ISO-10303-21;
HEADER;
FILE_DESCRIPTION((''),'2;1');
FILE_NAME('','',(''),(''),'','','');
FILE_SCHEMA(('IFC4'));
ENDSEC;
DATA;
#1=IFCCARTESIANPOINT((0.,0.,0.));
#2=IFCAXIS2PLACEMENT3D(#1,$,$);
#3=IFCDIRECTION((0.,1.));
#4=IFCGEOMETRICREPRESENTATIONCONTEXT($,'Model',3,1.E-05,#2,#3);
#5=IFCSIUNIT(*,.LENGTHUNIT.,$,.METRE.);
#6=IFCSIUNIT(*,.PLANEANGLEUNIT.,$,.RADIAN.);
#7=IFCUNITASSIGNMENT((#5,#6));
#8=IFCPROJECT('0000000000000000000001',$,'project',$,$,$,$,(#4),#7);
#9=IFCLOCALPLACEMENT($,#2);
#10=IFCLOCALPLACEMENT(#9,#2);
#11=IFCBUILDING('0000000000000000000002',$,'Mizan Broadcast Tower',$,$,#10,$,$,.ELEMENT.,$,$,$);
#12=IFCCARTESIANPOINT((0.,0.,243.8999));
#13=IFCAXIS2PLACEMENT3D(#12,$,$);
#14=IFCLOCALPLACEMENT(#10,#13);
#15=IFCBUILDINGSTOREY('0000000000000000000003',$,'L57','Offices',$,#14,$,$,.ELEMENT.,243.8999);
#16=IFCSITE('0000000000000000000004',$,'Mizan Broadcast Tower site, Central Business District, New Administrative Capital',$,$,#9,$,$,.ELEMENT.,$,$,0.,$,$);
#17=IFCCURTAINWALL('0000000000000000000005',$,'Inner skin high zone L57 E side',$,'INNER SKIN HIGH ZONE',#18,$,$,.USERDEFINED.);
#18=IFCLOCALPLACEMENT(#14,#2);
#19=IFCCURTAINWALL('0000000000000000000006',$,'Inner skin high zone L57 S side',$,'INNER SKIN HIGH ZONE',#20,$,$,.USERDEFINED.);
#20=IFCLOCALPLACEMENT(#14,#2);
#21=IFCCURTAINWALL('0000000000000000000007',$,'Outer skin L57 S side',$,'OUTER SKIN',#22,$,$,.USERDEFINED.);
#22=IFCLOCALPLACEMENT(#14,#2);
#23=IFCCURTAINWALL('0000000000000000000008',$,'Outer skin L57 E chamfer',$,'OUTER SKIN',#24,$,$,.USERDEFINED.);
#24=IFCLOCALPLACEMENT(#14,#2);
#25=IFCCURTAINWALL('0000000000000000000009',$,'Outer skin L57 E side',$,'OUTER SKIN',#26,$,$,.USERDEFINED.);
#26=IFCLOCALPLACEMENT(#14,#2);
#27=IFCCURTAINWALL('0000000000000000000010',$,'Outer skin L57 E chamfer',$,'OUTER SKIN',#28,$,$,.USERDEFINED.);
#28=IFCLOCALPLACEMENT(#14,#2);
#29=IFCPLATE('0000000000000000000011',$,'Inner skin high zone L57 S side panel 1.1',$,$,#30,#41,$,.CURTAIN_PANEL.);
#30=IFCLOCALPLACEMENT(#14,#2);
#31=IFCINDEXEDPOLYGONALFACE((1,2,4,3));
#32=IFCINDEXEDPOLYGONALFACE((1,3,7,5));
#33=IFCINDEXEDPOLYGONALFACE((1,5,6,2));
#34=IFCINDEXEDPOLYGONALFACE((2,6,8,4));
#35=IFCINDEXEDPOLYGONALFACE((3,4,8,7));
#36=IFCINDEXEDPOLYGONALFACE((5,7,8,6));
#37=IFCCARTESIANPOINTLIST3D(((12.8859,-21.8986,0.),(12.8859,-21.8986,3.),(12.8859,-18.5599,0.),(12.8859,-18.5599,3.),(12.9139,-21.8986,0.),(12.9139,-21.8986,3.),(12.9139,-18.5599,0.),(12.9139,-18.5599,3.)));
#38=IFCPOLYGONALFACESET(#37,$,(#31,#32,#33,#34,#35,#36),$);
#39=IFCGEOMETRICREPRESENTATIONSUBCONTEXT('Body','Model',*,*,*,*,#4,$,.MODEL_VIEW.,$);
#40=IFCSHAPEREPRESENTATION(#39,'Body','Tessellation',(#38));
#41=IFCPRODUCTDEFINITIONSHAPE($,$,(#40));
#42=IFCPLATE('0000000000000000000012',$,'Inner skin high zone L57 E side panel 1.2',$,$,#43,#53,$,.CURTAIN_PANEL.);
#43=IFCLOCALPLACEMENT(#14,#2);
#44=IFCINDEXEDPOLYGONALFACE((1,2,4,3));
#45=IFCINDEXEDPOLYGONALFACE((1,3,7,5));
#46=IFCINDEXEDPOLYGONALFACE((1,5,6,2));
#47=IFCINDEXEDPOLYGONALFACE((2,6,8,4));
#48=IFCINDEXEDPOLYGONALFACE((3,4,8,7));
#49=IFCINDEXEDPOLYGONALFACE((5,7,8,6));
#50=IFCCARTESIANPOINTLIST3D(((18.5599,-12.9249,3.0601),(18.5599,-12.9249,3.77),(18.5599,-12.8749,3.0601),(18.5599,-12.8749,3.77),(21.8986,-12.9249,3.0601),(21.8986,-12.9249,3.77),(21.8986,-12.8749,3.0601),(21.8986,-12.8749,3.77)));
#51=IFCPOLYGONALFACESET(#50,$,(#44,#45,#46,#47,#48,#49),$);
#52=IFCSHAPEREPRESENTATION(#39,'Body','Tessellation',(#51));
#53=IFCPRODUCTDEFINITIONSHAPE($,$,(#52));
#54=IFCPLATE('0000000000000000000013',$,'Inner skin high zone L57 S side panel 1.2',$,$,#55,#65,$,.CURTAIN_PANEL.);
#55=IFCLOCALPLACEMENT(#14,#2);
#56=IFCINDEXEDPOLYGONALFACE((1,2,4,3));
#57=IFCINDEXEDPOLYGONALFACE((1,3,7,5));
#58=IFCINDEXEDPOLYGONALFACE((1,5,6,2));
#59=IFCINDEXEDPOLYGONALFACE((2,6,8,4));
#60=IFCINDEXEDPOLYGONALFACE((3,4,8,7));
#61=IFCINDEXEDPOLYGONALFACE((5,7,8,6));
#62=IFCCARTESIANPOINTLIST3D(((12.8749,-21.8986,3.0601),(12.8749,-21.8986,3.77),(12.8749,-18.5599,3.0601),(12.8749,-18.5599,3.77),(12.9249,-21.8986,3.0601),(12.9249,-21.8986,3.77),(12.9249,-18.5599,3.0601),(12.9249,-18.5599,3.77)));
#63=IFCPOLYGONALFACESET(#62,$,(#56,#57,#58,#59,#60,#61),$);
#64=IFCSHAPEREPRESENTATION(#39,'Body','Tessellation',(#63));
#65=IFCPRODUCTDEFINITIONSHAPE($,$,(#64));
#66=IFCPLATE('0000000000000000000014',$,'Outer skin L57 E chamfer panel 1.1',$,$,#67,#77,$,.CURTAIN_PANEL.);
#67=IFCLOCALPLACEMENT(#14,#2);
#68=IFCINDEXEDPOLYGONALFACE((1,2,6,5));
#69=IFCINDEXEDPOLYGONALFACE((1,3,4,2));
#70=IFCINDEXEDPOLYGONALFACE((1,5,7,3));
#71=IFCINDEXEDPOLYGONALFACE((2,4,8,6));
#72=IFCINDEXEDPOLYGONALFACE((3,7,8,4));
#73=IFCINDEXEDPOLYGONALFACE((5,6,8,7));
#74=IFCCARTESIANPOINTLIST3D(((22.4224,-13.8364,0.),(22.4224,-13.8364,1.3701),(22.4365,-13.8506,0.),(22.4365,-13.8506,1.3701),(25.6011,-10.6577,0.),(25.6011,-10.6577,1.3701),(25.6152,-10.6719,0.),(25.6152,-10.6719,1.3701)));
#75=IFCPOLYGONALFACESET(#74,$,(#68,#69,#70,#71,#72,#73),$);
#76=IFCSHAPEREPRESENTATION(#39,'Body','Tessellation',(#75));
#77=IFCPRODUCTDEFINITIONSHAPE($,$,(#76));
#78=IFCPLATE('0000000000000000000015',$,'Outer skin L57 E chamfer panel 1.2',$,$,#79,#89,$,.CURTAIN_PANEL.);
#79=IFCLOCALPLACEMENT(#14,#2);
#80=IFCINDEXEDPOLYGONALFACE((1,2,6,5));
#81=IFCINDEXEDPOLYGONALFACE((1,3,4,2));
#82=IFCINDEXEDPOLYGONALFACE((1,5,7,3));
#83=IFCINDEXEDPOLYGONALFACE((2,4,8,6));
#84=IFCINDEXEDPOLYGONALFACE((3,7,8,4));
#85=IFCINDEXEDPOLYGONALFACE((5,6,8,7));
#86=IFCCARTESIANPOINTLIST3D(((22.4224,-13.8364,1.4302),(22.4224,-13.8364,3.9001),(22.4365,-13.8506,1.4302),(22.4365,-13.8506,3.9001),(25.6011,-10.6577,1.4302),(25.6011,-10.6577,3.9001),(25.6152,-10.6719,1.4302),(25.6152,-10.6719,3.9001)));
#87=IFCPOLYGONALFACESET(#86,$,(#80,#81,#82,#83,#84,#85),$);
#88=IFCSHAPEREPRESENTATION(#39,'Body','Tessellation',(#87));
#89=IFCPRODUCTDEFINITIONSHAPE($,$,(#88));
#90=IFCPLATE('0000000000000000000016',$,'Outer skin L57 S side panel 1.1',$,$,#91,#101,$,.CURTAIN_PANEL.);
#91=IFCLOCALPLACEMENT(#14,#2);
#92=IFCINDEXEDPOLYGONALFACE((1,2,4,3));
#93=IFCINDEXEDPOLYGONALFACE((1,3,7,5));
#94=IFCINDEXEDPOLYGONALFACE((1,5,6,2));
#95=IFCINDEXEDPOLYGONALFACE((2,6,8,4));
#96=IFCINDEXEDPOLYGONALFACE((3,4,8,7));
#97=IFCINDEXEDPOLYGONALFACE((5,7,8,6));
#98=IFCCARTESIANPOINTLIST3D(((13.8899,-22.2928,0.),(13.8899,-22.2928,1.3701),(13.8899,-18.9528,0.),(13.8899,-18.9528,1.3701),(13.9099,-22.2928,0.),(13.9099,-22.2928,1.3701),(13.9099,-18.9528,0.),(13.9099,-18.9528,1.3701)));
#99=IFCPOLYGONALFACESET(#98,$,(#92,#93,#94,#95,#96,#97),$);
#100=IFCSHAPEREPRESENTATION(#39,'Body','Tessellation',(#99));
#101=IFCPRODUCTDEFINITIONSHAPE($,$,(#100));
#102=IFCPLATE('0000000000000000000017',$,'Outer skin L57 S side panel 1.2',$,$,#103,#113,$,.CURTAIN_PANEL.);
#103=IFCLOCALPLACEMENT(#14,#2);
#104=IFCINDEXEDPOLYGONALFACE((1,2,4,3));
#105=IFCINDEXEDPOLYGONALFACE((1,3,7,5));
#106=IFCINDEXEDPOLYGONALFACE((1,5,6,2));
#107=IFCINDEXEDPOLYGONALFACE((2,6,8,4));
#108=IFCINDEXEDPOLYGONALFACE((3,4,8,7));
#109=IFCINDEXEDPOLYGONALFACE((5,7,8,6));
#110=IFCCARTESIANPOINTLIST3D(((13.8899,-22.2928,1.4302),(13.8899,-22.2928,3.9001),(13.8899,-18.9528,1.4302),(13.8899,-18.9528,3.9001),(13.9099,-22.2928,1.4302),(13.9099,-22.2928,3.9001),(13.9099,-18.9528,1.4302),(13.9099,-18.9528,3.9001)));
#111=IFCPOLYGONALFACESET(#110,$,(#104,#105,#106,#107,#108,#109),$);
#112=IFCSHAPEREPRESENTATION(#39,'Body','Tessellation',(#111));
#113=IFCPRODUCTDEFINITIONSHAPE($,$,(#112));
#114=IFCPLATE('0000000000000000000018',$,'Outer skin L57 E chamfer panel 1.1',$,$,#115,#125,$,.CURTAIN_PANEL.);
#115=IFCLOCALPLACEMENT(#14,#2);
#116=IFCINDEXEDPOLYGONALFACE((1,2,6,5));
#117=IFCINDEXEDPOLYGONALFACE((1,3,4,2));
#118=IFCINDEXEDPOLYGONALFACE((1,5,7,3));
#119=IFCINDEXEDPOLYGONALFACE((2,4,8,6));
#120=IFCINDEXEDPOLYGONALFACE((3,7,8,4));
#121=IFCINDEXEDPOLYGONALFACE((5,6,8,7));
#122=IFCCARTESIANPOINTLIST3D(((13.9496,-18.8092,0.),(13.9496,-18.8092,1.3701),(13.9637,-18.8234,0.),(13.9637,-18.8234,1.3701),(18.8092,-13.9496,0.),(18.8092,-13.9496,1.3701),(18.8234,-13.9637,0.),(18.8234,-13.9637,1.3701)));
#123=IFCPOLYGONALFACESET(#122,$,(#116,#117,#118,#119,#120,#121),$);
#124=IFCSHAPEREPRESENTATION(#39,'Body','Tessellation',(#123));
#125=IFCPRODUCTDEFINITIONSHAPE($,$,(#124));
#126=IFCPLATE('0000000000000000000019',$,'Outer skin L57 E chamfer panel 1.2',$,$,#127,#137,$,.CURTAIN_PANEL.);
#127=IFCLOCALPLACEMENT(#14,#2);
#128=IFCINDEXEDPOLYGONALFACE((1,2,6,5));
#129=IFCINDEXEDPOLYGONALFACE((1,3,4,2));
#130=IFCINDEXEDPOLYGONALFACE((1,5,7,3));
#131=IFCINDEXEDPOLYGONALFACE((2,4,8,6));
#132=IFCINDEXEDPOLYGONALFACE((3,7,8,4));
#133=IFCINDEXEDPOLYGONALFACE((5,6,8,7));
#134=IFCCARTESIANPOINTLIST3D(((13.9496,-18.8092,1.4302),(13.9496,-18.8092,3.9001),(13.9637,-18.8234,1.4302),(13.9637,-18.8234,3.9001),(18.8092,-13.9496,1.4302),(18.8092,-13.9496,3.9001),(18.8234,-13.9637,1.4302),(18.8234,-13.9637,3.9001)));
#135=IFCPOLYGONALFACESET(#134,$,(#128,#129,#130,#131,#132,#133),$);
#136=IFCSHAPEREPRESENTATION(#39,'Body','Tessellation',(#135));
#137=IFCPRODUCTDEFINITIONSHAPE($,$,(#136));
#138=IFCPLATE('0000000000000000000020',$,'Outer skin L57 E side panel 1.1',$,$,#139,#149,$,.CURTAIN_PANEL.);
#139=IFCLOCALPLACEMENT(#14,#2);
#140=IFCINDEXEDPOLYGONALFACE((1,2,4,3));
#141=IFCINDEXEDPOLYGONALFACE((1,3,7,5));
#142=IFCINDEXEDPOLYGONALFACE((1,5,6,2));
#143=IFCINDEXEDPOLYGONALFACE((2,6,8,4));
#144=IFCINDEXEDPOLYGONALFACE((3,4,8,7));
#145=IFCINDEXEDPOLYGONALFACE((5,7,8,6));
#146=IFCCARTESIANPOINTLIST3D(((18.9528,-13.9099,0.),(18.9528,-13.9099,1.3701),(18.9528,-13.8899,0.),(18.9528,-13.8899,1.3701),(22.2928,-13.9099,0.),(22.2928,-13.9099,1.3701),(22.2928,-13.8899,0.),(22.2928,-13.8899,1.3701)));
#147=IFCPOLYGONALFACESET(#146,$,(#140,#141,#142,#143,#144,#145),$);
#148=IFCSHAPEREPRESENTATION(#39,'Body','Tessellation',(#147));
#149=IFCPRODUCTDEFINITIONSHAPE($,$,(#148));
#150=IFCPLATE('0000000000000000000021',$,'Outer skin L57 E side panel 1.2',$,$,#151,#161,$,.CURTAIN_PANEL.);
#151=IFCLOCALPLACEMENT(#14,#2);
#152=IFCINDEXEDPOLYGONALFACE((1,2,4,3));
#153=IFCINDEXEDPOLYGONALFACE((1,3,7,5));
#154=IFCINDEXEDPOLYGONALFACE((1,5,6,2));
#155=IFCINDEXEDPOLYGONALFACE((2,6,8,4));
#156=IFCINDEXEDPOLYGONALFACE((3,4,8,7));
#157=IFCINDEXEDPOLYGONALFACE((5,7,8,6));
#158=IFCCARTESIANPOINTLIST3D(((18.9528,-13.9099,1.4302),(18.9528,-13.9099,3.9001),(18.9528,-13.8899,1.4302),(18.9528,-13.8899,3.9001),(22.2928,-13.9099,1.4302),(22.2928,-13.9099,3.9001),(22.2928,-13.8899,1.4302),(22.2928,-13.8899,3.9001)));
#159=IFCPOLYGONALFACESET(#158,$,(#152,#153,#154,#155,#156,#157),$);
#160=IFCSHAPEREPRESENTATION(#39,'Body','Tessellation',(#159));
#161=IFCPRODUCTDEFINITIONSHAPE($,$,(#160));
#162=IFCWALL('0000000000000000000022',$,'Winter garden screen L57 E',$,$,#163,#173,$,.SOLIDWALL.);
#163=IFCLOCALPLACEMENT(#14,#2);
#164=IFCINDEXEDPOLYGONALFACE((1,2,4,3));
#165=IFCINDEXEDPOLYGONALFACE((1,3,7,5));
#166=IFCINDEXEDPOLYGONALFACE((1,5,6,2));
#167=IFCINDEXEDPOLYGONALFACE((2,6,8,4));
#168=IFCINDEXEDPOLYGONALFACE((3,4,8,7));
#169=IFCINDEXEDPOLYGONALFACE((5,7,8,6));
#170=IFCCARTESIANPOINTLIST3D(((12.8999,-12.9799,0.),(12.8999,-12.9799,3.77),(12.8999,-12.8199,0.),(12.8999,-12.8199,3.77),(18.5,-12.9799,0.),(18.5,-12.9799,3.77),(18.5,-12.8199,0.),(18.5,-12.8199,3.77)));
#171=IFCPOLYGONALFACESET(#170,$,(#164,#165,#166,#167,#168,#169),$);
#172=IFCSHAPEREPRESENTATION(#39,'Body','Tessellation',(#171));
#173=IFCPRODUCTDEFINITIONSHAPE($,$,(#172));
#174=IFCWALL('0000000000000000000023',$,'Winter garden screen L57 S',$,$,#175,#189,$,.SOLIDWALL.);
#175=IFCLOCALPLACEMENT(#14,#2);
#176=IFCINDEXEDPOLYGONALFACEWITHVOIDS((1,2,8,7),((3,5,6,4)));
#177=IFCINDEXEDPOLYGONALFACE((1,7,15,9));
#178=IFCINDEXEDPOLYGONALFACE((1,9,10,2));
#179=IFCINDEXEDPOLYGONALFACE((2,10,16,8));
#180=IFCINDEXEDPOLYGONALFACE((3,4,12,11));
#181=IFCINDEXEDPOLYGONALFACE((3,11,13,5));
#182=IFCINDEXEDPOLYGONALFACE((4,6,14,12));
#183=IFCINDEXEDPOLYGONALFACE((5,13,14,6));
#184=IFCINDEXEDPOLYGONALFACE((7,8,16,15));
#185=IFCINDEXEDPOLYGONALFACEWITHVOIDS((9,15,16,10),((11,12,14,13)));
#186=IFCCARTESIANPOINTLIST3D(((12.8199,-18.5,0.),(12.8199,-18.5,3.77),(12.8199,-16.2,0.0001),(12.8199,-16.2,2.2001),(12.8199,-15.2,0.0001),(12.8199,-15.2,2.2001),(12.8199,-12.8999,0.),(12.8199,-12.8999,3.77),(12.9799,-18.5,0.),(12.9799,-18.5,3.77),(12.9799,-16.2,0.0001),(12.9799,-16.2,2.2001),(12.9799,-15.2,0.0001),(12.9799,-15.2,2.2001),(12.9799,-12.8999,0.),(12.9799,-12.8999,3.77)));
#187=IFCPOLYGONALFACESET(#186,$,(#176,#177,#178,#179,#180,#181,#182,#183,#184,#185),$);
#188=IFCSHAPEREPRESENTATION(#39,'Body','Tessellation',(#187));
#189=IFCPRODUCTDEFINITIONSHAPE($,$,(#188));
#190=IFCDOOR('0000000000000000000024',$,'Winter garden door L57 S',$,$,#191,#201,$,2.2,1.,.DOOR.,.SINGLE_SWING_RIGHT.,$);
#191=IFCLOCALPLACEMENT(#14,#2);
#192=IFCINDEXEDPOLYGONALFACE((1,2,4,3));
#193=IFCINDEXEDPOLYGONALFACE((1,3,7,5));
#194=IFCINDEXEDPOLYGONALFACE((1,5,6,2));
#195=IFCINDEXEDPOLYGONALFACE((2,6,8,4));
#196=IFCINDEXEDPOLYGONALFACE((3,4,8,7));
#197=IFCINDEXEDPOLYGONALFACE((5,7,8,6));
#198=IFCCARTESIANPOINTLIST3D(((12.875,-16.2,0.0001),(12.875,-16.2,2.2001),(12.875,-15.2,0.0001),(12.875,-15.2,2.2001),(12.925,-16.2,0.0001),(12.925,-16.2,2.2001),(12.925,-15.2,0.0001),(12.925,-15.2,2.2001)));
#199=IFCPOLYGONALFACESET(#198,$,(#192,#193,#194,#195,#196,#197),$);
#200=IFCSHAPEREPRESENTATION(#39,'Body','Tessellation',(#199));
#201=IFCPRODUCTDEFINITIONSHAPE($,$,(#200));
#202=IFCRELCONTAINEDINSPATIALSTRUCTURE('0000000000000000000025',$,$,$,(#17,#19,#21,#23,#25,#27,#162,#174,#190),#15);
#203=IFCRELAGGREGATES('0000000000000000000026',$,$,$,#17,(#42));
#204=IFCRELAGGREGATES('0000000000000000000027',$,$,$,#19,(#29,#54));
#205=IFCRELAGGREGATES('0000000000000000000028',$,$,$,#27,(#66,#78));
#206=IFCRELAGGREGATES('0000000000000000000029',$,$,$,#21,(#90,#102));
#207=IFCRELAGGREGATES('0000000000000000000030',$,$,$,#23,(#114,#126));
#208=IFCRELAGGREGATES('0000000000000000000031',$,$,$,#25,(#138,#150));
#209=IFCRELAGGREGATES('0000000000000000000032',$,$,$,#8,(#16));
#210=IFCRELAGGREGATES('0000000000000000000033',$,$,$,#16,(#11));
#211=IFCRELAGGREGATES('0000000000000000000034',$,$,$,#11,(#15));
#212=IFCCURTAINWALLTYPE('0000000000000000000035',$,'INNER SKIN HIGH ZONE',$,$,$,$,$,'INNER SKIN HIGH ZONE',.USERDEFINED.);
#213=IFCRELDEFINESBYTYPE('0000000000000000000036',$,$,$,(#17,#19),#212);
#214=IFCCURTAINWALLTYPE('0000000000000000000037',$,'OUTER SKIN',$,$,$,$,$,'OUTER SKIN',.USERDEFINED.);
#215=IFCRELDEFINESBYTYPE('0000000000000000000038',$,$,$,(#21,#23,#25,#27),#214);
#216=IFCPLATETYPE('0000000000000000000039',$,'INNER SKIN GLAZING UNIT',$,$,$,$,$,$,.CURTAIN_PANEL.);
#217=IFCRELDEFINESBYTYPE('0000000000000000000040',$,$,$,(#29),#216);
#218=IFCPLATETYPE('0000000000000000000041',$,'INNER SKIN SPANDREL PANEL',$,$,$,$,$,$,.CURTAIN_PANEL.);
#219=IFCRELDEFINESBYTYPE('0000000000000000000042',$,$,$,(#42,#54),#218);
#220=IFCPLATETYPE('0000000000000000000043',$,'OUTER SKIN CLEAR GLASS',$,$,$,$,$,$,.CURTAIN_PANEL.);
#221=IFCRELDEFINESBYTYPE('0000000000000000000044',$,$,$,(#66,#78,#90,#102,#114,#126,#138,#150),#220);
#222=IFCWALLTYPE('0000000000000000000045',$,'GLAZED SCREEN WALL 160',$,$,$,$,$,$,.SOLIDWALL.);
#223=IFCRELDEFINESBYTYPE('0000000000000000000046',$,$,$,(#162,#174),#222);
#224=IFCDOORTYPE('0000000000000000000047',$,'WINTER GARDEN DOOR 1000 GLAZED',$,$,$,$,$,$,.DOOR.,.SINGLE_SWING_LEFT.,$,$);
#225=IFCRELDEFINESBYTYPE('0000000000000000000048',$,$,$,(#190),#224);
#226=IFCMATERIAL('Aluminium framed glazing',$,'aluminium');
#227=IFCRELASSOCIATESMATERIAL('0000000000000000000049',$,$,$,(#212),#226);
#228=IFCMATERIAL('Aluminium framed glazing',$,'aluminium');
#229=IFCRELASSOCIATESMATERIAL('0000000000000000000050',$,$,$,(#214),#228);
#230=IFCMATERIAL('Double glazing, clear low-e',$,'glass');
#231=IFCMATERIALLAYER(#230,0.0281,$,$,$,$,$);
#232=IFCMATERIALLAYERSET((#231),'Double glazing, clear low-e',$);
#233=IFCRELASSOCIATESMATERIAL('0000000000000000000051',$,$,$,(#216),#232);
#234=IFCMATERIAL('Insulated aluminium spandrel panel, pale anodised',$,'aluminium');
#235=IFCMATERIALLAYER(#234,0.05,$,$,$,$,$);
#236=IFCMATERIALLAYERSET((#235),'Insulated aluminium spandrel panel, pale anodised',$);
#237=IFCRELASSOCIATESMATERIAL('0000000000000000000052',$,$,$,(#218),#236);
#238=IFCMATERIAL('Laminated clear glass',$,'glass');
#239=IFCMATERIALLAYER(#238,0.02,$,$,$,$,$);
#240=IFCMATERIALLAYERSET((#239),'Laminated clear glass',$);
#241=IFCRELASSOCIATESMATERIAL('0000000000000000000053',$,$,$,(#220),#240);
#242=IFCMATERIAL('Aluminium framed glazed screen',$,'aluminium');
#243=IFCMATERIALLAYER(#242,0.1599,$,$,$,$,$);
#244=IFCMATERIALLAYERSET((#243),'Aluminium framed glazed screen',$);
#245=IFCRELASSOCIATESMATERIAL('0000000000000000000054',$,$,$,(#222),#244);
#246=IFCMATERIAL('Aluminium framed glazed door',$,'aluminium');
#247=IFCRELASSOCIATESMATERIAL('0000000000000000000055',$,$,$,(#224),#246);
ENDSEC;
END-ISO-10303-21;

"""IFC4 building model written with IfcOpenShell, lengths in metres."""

from ifc_helpers import new_model, si_unit, direction, frame, frame_2d, origin, origin_2d, place, context, subcontext, project, spatial, rectangle, extrude, material, layer, layer_set, type_object, element, fill, aggregate, save


model = new_model("IFC4")

# Units and contexts
model_context = context("Model", 3, precision=1e-05, world=origin(), true_north=direction((0.0, 1.0)))
body_context = subcontext(model_context, "Body", "Model", "MODEL_VIEW")
ifc_project = project(units=[si_unit("LENGTHUNIT", "METRE"), si_unit("PLANEANGLEUNIT", "RADIAN")], contexts=[model_context])

# Site, building, storey
site_placement = place(None, origin())
site = spatial("IfcSite", under=ifc_project, at=site_placement, Name="Mizan Broadcast Tower site, Central Business District, New Administrative Capital", CompositionType="ELEMENT", RefElevation=0.0)
building_placement = place(site_placement, origin())
building = spatial("IfcBuilding", under=site, at=building_placement, Name="Mizan Broadcast Tower", CompositionType="ELEMENT")
storey_placement = place(building_placement, frame((0.0, 0.0, 243.8999)))
storey = spatial("IfcBuildingStorey", under=building, at=storey_placement, Name="L57", Description="Offices", CompositionType="ELEMENT", Elevation=243.8999)

# Curtain walls
ifc_material_1 = material(Name="Aluminium framed glazing", Category="aluminium")
curtain_wall_type_1 = type_object("IfcCurtainWallType", Name="INNER SKIN HIGH ZONE", ElementType="INNER SKIN HIGH ZONE", PredefinedType="USERDEFINED", material=ifc_material_1)
curtain_wall_1_placement = place(storey_placement, origin())
curtain_wall_1 = element("IfcCurtainWall", 1, at=curtain_wall_1_placement, inside=storey, type_object=curtain_wall_type_1, Name="Inner skin high zone L57 E side", ObjectType="INNER SKIN HIGH ZONE", PredefinedType="USERDEFINED")
curtain_wall_2_placement = place(storey_placement, origin())
curtain_wall_2 = element("IfcCurtainWall", 2, at=curtain_wall_2_placement, inside=storey, type_object=curtain_wall_type_1, Name="Inner skin high zone L57 S side", ObjectType="INNER SKIN HIGH ZONE", PredefinedType="USERDEFINED")

# Curtain walls
ifc_material_2 = material(Name="Aluminium framed glazing", Category="aluminium")
curtain_wall_type_2 = type_object("IfcCurtainWallType", Name="OUTER SKIN", ElementType="OUTER SKIN", PredefinedType="USERDEFINED", material=ifc_material_2)
curtain_wall_3_placement = place(storey_placement, origin())
curtain_wall_3 = element("IfcCurtainWall", 3, at=curtain_wall_3_placement, inside=storey, type_object=curtain_wall_type_2, Name="Outer skin L57 S side", ObjectType="OUTER SKIN", PredefinedType="USERDEFINED")
curtain_wall_4_placement = place(storey_placement, origin())
curtain_wall_4 = element("IfcCurtainWall", 4, at=curtain_wall_4_placement, inside=storey, type_object=curtain_wall_type_2, Name="Outer skin L57 E chamfer", ObjectType="OUTER SKIN", PredefinedType="USERDEFINED")
curtain_wall_5_placement = place(storey_placement, origin())
curtain_wall_5 = element("IfcCurtainWall", 5, at=curtain_wall_5_placement, inside=storey, type_object=curtain_wall_type_2, Name="Outer skin L57 E side", ObjectType="OUTER SKIN", PredefinedType="USERDEFINED")
curtain_wall_6_placement = place(storey_placement, origin())
curtain_wall_6 = element("IfcCurtainWall", 6, at=curtain_wall_6_placement, inside=storey, type_object=curtain_wall_type_2, Name="Outer skin L57 E chamfer", ObjectType="OUTER SKIN", PredefinedType="USERDEFINED")

# Plates
ifc_material_3 = material(Name="Double glazing, clear low-e", Category="glass")
ifc_layer_1 = layer(ifc_material_3, 0.0281)
ifc_layer_set_1 = layer_set([ifc_layer_1], Name="Double glazing, clear low-e")
plate_type_1 = type_object("IfcPlateType", Name="INNER SKIN GLAZING UNIT", PredefinedType="CURTAIN_PANEL", material=ifc_layer_set_1)
plate_1_placement = place(storey_placement, frame((12.8999, -20.2292, 0.0), z_axis=(0.0, 0.0, 1.0), x_axis=(0.0, 1.0, 0.0)))
plate_1 = element("IfcPlate", 7, at=plate_1_placement, type_object=plate_type_1, Name="Inner skin high zone L57 S side panel 1.1", PredefinedType="CURTAIN_PANEL", context=body_context, shape_type="SweptSolid", body=[
    extrude(rectangle(XDim=3.3386, YDim=0.0281, at=origin_2d()), origin(), (0.0, 0.0, 1.0), 3.0),
])
ifc_material_4 = material(Name="Insulated aluminium spandrel panel, pale anodised", Category="aluminium")
ifc_layer_2 = layer(ifc_material_4, 0.05)
ifc_layer_set_2 = layer_set([ifc_layer_2], Name="Insulated aluminium spandrel panel, pale anodised")
plate_type_2 = type_object("IfcPlateType", Name="INNER SKIN SPANDREL PANEL", PredefinedType="CURTAIN_PANEL", material=ifc_layer_set_2)
plate_2_placement = place(storey_placement, frame((20.2292, -12.8999, 3.0601), z_axis=(0.0, 0.0, 1.0), x_axis=(1.0, 0.0, 0.0)))
plate_2 = element("IfcPlate", 8, at=plate_2_placement, type_object=plate_type_2, Name="Inner skin high zone L57 E side panel 1.2", PredefinedType="CURTAIN_PANEL", context=body_context, shape_type="SweptSolid", body=[
    extrude(rectangle(XDim=3.3386, YDim=0.05, at=origin_2d()), origin(), (0.0, 0.0, 1.0), 0.71),
])
aggregate(curtain_wall_1, [plate_2])
plate_3_placement = place(storey_placement, frame((12.8999, -20.2292, 3.0601), z_axis=(0.0, 0.0, 1.0), x_axis=(0.0, 1.0, 0.0)))
plate_3 = element("IfcPlate", 9, at=plate_3_placement, type_object=plate_type_2, Name="Inner skin high zone L57 S side panel 1.2", PredefinedType="CURTAIN_PANEL", context=body_context, shape_type="SweptSolid", body=[
    extrude(rectangle(XDim=3.3386, YDim=0.05, at=origin_2d()), origin(), (0.0, 0.0, 1.0), 0.71),
])
aggregate(curtain_wall_2, [plate_1, plate_3])
ifc_material_5 = material(Name="Laminated clear glass", Category="glass")
ifc_layer_3 = layer(ifc_material_5, 0.02)
ifc_layer_set_3 = layer_set([ifc_layer_3], Name="Laminated clear glass")
plate_type_3 = type_object("IfcPlateType", Name="OUTER SKIN CLEAR GLASS", PredefinedType="CURTAIN_PANEL", material=ifc_layer_set_3)
plate_4_placement = place(storey_placement, frame((24.0188, -12.2542, 0.0), z_axis=(0.0, 0.0, 1.0), x_axis=(0.707107, 0.707107, 0.0)))
plate_4 = element("IfcPlate", 10, at=plate_4_placement, type_object=plate_type_3, Name="Outer skin L57 E chamfer panel 1.1", PredefinedType="CURTAIN_PANEL", context=body_context, shape_type="SweptSolid", body=[
    extrude(rectangle(XDim=4.4954, YDim=0.02, at=origin_2d()), origin(), (0.0, 0.0, 1.0), 1.3701),
])
plate_5_placement = place(storey_placement, frame((24.0188, -12.2542, 1.4302), z_axis=(0.0, 0.0, 1.0), x_axis=(0.707107, 0.707107, 0.0)))
plate_5 = element("IfcPlate", 11, at=plate_5_placement, type_object=plate_type_3, Name="Outer skin L57 E chamfer panel 1.2", PredefinedType="CURTAIN_PANEL", context=body_context, shape_type="SweptSolid", body=[
    extrude(rectangle(XDim=4.4954, YDim=0.02, at=origin_2d()), origin(), (0.0, 0.0, 1.0), 2.47),
])
aggregate(curtain_wall_6, [plate_4, plate_5])
plate_6_placement = place(storey_placement, frame((13.8999, -20.6228, 0.0), z_axis=(0.0, 0.0, 1.0), x_axis=(0.0, 1.0, 0.0)))
plate_6 = element("IfcPlate", 12, at=plate_6_placement, type_object=plate_type_3, Name="Outer skin L57 S side panel 1.1", PredefinedType="CURTAIN_PANEL", context=body_context, shape_type="SweptSolid", body=[
    extrude(rectangle(XDim=3.3401, YDim=0.02, at=origin_2d()), origin(), (0.0, 0.0, 1.0), 1.3701),
])
plate_7_placement = place(storey_placement, frame((13.8999, -20.6228, 1.4302), z_axis=(0.0, 0.0, 1.0), x_axis=(0.0, 1.0, 0.0)))
plate_7 = element("IfcPlate", 13, at=plate_7_placement, type_object=plate_type_3, Name="Outer skin L57 S side panel 1.2", PredefinedType="CURTAIN_PANEL", context=body_context, shape_type="SweptSolid", body=[
    extrude(rectangle(XDim=3.3401, YDim=0.02, at=origin_2d()), origin(), (0.0, 0.0, 1.0), 2.47),
])
aggregate(curtain_wall_3, [plate_6, plate_7])
plate_8_placement = place(storey_placement, frame((16.3865, -16.3865, 0.0), z_axis=(0.0, 0.0, 1.0), x_axis=(0.707107, 0.707107, 0.0)))
plate_8 = element("IfcPlate", 14, at=plate_8_placement, type_object=plate_type_3, Name="Outer skin L57 E chamfer panel 1.1", PredefinedType="CURTAIN_PANEL", context=body_context, shape_type="SweptSolid", body=[
    extrude(rectangle(XDim=6.8726, YDim=0.02, at=origin_2d()), origin(), (0.0, 0.0, 1.0), 1.3701),
])
plate_9_placement = place(storey_placement, frame((16.3865, -16.3865, 1.4302), z_axis=(0.0, 0.0, 1.0), x_axis=(0.707107, 0.707107, 0.0)))
plate_9 = element("IfcPlate", 15, at=plate_9_placement, type_object=plate_type_3, Name="Outer skin L57 E chamfer panel 1.2", PredefinedType="CURTAIN_PANEL", context=body_context, shape_type="SweptSolid", body=[
    extrude(rectangle(XDim=6.8726, YDim=0.02, at=origin_2d()), origin(), (0.0, 0.0, 1.0), 2.47),
])
aggregate(curtain_wall_4, [plate_8, plate_9])
plate_10_placement = place(storey_placement, frame((20.6228, -13.8999, 0.0), z_axis=(0.0, 0.0, 1.0), x_axis=(1.0, 0.0, 0.0)))
plate_10 = element("IfcPlate", 16, at=plate_10_placement, type_object=plate_type_3, Name="Outer skin L57 E side panel 1.1", PredefinedType="CURTAIN_PANEL", context=body_context, shape_type="SweptSolid", body=[
    extrude(rectangle(XDim=3.3401, YDim=0.02, at=origin_2d()), origin(), (0.0, 0.0, 1.0), 1.3701),
])
plate_11_placement = place(storey_placement, frame((20.6228, -13.8999, 1.4302), z_axis=(0.0, 0.0, 1.0), x_axis=(1.0, 0.0, 0.0)))
plate_11 = element("IfcPlate", 17, at=plate_11_placement, type_object=plate_type_3, Name="Outer skin L57 E side panel 1.2", PredefinedType="CURTAIN_PANEL", context=body_context, shape_type="SweptSolid", body=[
    extrude(rectangle(XDim=3.3401, YDim=0.02, at=origin_2d()), origin(), (0.0, 0.0, 1.0), 2.47),
])
aggregate(curtain_wall_5, [plate_10, plate_11])

# Wall
ifc_material_6 = material(Name="Aluminium framed glazed screen", Category="aluminium")
ifc_layer_4 = layer(ifc_material_6, 0.1599)
ifc_layer_set_4 = layer_set([ifc_layer_4], Name="Aluminium framed glazed screen")
wall_type = type_object("IfcWallType", Name="GLAZED SCREEN WALL 160", PredefinedType="SOLIDWALL", material=ifc_layer_set_4)
wall_1_placement = place(storey_placement, frame((12.8999, -12.8999, 0.0), z_axis=(0.0, 0.0, 1.0), x_axis=(1.0, 0.0, 0.0)))
element("IfcWall", 18, at=wall_1_placement, inside=storey, type_object=wall_type, Name="Winter garden screen L57 E", PredefinedType="SOLIDWALL", context=body_context, shape_type="SweptSolid", body=[
    extrude(rectangle(XDim=5.6001, YDim=0.1599, at=frame_2d((2.8, 0.0))), origin(), (0.0, 0.0, 1.0), 3.77),
])

# Wall, opening, door
wall_2_placement = place(storey_placement, frame((12.8999, -18.5, 0.0), z_axis=(0.0, 0.0, 1.0), x_axis=(0.0, 1.0, 0.0)))
wall_2 = element("IfcWall", 19, at=wall_2_placement, inside=storey, type_object=wall_type, Name="Winter garden screen L57 S", PredefinedType="SOLIDWALL", context=body_context, shape_type="SweptSolid", body=[
    extrude(rectangle(XDim=5.6001, YDim=0.1599, at=frame_2d((2.8, 0.0))), origin(), (0.0, 0.0, 1.0), 3.77),
])
opening_placement = place(wall_2_placement, frame((2.3, 0.0, 0.0)))
opening = element("IfcOpeningElement", 20, at=opening_placement, cuts=wall_2, PredefinedType="OPENING", context=body_context, shape_type="SweptSolid", body=[
    extrude(rectangle(XDim=1.0, YDim=2.2, at=frame_2d((0.5, 1.1001))), frame((0.0, 0.0898, 0.0), z_axis=(0.0, -1.0, 0.0), x_axis=(1.0, 0.0, 0.0)), (0.0, 0.0, 1.0), 0.1799),
])
ifc_material_7 = material(Name="Aluminium framed glazed door", Category="aluminium")
door_type = type_object("IfcDoorType", Name="WINTER GARDEN DOOR 1000 GLAZED", OperationType="SINGLE_SWING_LEFT", PredefinedType="DOOR", material=ifc_material_7)
door_placement = place(opening_placement, origin())
door = element("IfcDoor", 21, at=door_placement, inside=storey, type_object=door_type, Name="Winter garden door L57 S", OperationType="SINGLE_SWING_RIGHT", OverallHeight=2.2, OverallWidth=1.0, PredefinedType="DOOR", context=body_context, shape_type="SweptSolid", body=[
    extrude(rectangle(XDim=1.0, YDim=2.2, at=frame_2d((0.5, 1.1001))), frame((0.0, 0.0249, 0.0), z_axis=(0.0, -1.0, 0.0), x_axis=(1.0, 0.0, 0.0)), (0.0, 0.0, 1.0), 0.05),
])
fill(opening, door)

save(model, "model.ifc")
